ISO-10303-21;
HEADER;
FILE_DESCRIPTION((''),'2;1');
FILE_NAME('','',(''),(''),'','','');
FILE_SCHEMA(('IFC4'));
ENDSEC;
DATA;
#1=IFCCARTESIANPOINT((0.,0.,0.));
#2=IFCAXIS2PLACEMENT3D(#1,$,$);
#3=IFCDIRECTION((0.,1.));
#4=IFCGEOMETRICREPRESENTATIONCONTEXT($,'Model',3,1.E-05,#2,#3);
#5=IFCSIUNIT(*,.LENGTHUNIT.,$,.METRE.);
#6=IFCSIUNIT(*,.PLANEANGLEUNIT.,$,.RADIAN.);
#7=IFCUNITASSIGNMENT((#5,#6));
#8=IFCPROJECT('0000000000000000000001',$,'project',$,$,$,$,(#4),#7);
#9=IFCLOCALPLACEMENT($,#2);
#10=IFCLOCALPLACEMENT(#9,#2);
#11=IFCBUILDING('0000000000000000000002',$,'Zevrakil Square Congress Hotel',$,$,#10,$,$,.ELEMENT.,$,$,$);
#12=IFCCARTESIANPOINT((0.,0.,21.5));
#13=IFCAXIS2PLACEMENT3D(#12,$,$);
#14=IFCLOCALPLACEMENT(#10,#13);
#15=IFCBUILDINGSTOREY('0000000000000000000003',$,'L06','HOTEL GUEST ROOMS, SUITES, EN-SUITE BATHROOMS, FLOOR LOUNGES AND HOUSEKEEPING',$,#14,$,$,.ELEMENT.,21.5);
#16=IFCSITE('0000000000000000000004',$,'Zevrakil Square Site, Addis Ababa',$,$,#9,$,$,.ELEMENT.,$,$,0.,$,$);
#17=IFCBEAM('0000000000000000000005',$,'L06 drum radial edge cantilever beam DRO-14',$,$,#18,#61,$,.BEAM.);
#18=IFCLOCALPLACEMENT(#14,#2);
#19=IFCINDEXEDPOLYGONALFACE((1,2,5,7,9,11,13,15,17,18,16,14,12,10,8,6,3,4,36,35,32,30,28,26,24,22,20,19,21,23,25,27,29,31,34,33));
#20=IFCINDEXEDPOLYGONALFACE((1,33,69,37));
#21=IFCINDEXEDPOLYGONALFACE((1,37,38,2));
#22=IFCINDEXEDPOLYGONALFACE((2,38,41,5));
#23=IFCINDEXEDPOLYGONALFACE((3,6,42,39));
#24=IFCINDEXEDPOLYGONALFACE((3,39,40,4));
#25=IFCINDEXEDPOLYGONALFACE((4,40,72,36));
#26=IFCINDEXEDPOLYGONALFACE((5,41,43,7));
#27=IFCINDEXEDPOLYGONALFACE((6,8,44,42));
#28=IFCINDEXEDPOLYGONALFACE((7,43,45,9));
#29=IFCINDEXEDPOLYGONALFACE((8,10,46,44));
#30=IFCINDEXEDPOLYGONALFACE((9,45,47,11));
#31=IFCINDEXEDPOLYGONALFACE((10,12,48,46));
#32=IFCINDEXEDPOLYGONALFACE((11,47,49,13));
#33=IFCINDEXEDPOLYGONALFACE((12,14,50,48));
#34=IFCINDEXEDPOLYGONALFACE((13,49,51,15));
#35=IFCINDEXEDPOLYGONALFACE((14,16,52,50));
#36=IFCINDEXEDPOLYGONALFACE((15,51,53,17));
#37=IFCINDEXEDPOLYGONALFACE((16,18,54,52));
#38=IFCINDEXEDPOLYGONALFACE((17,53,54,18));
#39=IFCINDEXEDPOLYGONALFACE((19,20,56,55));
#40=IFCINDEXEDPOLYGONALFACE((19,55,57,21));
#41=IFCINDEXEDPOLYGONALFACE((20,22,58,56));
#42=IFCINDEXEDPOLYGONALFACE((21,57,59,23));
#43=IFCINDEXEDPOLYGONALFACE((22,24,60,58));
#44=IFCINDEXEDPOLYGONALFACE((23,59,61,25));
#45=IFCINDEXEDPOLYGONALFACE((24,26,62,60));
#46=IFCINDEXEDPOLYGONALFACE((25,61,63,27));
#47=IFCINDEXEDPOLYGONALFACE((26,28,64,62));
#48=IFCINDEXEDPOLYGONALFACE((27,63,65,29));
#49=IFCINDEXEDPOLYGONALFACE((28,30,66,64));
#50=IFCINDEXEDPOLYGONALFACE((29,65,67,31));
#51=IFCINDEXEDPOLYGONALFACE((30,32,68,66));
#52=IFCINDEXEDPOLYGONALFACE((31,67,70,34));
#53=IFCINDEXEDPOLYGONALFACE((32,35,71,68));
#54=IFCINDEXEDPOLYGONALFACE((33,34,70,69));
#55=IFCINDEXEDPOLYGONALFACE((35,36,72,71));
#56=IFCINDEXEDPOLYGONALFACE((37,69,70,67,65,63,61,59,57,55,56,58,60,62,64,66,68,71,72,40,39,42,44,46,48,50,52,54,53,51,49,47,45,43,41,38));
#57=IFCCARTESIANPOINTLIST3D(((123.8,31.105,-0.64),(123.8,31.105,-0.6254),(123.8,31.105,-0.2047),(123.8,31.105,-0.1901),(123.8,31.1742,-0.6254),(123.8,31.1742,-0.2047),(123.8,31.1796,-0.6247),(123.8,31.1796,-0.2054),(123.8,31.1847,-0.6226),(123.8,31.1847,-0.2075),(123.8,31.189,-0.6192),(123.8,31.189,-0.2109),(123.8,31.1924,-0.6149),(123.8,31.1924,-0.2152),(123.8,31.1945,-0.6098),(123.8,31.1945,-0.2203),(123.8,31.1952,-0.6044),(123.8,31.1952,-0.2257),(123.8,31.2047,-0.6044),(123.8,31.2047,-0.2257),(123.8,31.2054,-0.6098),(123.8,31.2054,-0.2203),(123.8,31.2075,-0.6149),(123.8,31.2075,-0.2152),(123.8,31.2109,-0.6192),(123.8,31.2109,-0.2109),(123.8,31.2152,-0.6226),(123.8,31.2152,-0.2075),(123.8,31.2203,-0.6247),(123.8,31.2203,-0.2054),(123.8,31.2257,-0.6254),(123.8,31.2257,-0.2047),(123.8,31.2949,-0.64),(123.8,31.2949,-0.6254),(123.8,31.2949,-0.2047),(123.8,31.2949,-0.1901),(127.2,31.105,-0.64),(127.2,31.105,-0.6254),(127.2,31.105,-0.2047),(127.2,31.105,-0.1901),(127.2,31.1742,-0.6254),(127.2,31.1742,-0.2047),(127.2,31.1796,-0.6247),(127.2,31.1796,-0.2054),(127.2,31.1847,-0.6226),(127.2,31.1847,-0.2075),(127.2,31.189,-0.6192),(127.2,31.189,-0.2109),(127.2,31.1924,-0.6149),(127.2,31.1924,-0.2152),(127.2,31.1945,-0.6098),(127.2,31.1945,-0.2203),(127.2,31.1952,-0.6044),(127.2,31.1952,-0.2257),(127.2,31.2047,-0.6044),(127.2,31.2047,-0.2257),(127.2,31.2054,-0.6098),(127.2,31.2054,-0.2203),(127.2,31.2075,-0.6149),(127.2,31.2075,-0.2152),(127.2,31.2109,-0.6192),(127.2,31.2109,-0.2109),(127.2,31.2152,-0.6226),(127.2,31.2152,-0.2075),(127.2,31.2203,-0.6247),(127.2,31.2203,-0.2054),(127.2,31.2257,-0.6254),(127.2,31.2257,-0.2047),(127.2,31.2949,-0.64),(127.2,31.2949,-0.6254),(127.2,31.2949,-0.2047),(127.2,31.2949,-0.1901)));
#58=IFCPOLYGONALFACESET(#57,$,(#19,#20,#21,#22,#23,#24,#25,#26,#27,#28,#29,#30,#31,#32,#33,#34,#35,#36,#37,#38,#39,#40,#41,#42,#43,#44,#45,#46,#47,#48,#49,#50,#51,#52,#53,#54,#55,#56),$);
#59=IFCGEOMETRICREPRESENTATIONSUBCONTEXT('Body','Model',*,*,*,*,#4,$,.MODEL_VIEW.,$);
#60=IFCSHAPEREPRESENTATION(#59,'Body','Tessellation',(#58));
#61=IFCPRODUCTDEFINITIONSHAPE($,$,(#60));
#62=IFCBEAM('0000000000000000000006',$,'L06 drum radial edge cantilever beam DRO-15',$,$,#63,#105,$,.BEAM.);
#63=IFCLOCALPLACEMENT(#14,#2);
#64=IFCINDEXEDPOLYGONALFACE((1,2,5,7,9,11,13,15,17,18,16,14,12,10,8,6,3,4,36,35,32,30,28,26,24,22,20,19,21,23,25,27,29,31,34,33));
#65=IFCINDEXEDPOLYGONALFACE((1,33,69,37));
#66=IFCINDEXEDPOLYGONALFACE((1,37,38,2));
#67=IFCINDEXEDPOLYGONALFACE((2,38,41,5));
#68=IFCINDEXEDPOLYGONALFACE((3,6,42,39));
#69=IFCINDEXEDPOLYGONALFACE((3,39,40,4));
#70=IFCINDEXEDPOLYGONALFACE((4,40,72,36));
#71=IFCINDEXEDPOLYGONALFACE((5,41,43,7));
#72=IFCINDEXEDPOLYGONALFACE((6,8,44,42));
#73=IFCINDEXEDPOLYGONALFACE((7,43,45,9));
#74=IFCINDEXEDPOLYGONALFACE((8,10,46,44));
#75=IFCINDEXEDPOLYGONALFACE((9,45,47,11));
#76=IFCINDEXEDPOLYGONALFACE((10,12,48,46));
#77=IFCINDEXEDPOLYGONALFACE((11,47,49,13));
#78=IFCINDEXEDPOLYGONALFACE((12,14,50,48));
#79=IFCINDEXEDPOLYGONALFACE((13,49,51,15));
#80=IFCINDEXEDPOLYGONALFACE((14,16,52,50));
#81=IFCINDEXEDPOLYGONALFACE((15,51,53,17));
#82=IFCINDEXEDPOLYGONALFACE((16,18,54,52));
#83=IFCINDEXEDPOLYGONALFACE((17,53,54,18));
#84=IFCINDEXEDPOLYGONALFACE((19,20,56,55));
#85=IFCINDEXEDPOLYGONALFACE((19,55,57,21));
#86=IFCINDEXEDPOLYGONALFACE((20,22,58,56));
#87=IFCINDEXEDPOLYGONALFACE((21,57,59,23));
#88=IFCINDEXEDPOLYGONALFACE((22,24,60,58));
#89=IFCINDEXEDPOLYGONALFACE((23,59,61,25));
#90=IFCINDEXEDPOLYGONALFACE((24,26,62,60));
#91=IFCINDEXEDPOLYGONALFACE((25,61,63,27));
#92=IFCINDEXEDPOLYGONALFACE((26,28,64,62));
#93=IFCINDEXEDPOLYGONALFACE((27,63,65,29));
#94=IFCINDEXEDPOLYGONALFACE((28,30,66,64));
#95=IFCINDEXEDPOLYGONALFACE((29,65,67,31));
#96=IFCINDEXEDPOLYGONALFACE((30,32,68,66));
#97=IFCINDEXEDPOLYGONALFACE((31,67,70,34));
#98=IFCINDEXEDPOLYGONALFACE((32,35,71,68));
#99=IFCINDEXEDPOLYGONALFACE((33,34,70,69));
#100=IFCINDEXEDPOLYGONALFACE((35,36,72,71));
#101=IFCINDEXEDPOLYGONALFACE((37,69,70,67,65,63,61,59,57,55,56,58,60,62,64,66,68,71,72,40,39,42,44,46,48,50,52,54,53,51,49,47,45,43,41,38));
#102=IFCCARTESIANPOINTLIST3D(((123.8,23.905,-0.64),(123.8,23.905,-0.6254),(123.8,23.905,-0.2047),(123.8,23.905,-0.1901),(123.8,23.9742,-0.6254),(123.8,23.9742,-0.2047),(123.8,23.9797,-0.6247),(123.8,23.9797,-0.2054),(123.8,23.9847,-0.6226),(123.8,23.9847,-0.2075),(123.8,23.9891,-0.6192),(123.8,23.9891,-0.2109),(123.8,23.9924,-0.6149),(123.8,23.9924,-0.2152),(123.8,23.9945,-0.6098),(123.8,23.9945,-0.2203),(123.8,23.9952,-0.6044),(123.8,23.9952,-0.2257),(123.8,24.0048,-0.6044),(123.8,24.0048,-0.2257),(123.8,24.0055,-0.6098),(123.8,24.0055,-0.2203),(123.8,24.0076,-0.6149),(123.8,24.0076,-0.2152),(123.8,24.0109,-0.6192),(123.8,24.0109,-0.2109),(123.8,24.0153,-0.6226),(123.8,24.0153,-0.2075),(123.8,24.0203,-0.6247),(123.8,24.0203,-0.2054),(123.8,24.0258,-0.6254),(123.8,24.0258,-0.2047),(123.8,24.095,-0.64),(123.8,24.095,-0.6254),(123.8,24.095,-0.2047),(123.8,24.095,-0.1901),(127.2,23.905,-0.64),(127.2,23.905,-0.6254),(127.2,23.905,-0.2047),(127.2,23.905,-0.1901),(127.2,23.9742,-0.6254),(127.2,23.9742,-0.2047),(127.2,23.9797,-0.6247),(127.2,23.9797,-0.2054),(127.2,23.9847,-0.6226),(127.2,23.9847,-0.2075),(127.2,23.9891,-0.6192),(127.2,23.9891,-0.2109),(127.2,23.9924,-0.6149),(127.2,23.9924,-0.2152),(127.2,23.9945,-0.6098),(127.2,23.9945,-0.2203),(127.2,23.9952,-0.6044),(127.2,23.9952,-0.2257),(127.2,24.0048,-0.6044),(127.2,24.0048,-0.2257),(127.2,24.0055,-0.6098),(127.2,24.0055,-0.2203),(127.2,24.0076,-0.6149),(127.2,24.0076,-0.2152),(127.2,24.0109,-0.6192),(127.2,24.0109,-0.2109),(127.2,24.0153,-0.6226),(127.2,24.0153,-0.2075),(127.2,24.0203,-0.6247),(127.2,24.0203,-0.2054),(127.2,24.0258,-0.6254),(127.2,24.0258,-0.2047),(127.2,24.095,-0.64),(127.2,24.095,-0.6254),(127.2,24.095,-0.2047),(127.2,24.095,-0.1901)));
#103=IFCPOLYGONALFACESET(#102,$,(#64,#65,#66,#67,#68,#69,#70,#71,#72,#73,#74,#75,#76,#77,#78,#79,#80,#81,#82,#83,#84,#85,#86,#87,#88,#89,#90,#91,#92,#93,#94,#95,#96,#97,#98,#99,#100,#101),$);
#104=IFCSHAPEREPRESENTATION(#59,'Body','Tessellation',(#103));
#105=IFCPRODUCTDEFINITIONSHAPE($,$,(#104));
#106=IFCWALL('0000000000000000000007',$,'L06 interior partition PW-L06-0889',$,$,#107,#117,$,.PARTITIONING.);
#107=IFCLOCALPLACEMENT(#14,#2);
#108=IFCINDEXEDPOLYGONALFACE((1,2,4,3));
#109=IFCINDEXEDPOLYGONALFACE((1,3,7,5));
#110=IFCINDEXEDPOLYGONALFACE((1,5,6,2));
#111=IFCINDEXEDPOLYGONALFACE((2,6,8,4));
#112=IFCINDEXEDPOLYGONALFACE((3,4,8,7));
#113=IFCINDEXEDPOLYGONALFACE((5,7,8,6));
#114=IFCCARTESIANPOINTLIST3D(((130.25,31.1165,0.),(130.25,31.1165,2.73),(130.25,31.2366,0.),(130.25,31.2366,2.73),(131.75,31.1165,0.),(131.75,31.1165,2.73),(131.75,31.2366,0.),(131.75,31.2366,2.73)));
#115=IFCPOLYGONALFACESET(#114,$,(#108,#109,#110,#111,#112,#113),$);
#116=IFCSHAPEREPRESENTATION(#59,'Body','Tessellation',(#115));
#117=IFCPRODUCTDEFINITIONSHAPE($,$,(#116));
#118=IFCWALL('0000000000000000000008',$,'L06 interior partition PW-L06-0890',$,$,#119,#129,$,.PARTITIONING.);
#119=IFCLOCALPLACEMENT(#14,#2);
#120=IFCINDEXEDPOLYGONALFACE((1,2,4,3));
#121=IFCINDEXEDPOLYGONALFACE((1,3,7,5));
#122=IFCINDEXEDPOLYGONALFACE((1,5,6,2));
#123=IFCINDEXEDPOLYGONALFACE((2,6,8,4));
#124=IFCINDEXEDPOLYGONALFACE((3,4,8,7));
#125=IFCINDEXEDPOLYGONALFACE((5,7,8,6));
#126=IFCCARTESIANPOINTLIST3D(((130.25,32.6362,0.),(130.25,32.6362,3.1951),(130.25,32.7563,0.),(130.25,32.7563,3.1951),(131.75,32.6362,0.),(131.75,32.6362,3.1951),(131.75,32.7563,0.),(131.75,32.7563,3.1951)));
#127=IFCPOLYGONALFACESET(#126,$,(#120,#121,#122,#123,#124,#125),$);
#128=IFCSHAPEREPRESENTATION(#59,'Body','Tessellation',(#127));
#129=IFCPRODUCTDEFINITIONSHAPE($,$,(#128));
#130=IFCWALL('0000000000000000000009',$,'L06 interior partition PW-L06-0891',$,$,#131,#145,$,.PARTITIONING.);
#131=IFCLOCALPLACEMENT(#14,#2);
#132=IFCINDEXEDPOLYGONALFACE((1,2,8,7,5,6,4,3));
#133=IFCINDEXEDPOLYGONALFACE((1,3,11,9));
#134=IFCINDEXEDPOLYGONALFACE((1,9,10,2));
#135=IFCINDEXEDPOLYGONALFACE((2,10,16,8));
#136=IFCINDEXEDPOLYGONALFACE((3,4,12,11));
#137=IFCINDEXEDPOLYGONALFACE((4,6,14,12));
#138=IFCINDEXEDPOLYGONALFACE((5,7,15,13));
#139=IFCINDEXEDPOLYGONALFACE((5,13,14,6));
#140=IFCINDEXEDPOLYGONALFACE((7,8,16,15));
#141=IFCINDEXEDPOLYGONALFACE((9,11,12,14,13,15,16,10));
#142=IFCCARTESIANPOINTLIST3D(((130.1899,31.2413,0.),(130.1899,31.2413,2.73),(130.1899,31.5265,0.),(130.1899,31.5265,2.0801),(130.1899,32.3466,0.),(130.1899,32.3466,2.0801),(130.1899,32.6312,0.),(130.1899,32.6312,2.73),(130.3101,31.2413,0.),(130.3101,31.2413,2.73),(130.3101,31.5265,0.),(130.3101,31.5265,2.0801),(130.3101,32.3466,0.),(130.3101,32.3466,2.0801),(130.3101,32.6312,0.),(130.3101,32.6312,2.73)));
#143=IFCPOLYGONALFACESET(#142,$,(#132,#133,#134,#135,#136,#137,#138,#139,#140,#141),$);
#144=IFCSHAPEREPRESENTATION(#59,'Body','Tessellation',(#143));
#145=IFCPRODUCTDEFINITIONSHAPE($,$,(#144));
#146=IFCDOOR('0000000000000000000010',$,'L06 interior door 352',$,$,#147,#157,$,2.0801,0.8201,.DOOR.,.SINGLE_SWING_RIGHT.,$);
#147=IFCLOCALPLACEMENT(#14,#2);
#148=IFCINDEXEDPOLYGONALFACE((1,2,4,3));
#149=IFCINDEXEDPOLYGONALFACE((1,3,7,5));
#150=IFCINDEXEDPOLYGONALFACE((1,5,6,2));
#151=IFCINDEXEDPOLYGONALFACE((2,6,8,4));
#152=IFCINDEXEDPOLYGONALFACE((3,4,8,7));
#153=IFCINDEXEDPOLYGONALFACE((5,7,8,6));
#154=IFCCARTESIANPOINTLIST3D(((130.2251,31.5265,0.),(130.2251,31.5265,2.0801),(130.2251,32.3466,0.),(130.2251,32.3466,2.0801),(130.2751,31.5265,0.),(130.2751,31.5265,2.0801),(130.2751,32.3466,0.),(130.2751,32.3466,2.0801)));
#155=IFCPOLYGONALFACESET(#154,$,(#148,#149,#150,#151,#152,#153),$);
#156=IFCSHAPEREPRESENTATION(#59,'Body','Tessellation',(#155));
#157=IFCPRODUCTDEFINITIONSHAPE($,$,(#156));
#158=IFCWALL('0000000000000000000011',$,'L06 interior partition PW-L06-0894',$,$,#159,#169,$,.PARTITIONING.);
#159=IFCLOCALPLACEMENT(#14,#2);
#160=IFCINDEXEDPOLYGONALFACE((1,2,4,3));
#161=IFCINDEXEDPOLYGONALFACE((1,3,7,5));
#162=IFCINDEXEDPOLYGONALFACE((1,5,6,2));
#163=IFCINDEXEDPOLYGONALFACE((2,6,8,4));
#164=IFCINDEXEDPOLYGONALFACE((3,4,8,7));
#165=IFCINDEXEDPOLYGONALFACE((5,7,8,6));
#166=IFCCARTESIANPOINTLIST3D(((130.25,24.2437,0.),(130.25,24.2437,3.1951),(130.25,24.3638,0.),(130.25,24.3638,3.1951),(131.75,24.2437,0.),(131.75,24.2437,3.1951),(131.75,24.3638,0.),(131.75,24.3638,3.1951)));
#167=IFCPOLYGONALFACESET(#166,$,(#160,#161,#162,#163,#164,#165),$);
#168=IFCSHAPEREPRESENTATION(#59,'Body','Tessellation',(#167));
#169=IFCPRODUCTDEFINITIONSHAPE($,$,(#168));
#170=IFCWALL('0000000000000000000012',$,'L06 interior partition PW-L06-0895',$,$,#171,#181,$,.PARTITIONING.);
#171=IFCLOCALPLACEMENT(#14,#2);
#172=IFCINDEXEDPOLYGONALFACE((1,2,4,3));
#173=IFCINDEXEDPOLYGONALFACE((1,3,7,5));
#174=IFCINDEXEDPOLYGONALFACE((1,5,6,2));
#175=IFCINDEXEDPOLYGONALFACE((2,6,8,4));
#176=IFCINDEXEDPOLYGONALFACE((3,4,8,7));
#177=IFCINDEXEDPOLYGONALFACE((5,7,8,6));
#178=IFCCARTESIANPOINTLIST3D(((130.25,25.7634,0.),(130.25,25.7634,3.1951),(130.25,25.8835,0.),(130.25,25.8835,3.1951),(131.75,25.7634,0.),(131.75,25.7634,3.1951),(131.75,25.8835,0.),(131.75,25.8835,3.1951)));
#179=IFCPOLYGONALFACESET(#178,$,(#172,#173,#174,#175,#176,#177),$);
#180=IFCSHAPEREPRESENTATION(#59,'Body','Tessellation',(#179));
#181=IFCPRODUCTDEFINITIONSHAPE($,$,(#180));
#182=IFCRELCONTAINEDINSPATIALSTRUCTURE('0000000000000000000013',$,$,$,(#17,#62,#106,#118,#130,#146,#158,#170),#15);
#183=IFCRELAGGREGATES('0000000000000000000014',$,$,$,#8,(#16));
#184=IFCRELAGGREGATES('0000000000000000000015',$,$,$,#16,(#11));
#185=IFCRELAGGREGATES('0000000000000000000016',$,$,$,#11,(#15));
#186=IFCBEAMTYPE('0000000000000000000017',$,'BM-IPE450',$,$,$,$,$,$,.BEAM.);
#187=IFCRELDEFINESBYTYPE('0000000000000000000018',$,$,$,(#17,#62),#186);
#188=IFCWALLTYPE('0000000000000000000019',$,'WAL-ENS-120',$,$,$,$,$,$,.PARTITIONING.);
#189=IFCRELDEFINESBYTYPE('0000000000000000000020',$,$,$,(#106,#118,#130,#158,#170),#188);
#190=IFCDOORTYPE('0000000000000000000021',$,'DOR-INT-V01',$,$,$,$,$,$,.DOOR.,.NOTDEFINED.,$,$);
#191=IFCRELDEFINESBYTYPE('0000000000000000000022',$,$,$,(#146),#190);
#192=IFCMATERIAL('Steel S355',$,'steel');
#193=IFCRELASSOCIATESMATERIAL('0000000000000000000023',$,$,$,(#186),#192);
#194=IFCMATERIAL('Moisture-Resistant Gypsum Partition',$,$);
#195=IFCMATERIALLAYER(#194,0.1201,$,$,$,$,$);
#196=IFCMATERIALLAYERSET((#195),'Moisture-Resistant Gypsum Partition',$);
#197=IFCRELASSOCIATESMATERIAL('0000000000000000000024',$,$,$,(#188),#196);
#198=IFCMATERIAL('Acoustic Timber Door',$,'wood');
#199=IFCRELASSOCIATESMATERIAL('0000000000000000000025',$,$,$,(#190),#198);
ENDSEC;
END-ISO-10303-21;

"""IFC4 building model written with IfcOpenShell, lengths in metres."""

from ifc_helpers import new_model, si_unit, direction, frame, frame_2d, origin, origin_2d, place, context, subcontext, project, spatial, rectangle, i_section, extrude, material, layer, layer_set, material_profile, profile_set, type_object, element, fill, save


model = new_model("IFC4")

# Units and contexts
model_context = context("Model", 3, precision=1e-05, world=origin(), true_north=direction((0.0, 1.0)))
body_context = subcontext(model_context, "Body", "Model", "MODEL_VIEW")
ifc_project = project(units=[si_unit("LENGTHUNIT", "METRE"), si_unit("PLANEANGLEUNIT", "RADIAN")], contexts=[model_context])

# Site, building, storey
site_placement = place(None, origin())
site = spatial("IfcSite", under=ifc_project, at=site_placement, Name="Zevrakil Square Site, Addis Ababa", CompositionType="ELEMENT", RefElevation=0.0)
building_placement = place(site_placement, origin())
building = spatial("IfcBuilding", under=site, at=building_placement, Name="Zevrakil Square Congress Hotel", CompositionType="ELEMENT")
storey_placement = place(building_placement, frame((0.0, 0.0, 21.5)))
storey = spatial("IfcBuildingStorey", under=building, at=storey_placement, Name="L06", Description="HOTEL GUEST ROOMS, SUITES, EN-SUITE BATHROOMS, FLOOR LOUNGES AND HOUSEKEEPING", CompositionType="ELEMENT", Elevation=21.5)

# Beams
ifc_material_1 = material(Name="Steel S355", Category="steel")
ifc_material_profile_1 = material_profile(ifc_material_1, i_section(OverallWidth=0.1899, OverallDepth=0.45, WebThickness=0.0095, FlangeThickness=0.0146, FilletRadius=0.021, at=origin_2d()), Name="IPE 450")
ifc_profile_set_1 = profile_set([ifc_material_profile_1], Name="Steel S355")
beam_type_1 = type_object("IfcBeamType", Name="BM-IPE450", PredefinedType="BEAM", material=ifc_profile_set_1)
for number, where, z_axis, x_axis, name in (
    (1, (127.2, 31.2, -0.415), (-1.0, 0.0, 0.0), (0.0, -1.0, 0.0), "L06 drum radial edge cantilever beam DRO-14"),
    (2, (127.2, 24.0, -0.415), (-1.0, 0.0, 0.0), (0.0, -1.0, 0.0), "L06 drum radial edge cantilever beam DRO-15"),
):
    element("IfcBeam", number, at=place(storey_placement, frame(where, z_axis=z_axis, x_axis=x_axis)), inside=storey, type_object=beam_type_1, Name=name, PredefinedType="BEAM", context=body_context, shape_type="SweptSolid", body=[
        extrude(i_section(OverallWidth=0.1899, OverallDepth=0.45, WebThickness=0.0095, FlangeThickness=0.0146, FilletRadius=0.021, at=origin_2d()), origin(), (0.0, 0.0, 1.0), 3.3999),
    ])

# Walls
ifc_material_2 = material(Name="Moisture-Resistant Gypsum Partition")
ifc_layer = layer(ifc_material_2, 0.1201)
ifc_layer_set = layer_set([ifc_layer], Name="Moisture-Resistant Gypsum Partition")
wall_type = type_object("IfcWallType", Name="WAL-ENS-120", PredefinedType="PARTITIONING", material=ifc_layer_set)
wall_1_placement = place(storey_placement, frame((130.25, 31.1765, 0.0), z_axis=(0.0, 0.0, 1.0), x_axis=(1.0, 0.0, 0.0)))
element("IfcWall", 3, at=wall_1_placement, inside=storey, type_object=wall_type, Name="L06 interior partition PW-L06-0889", PredefinedType="PARTITIONING", context=body_context, shape_type="SweptSolid", body=[
    extrude(rectangle(XDim=1.5, YDim=0.1201, at=frame_2d((0.75, 0.0))), origin(), (0.0, 0.0, 1.0), 2.73),
])
wall_2_placement = place(storey_placement, frame((130.25, 32.6963, 0.0), z_axis=(0.0, 0.0, 1.0), x_axis=(1.0, 0.0, 0.0)))
element("IfcWall", 4, at=wall_2_placement, inside=storey, type_object=wall_type, Name="L06 interior partition PW-L06-0890", PredefinedType="PARTITIONING", context=body_context, shape_type="SweptSolid", body=[
    extrude(rectangle(XDim=1.5, YDim=0.1201, at=frame_2d((0.75, 0.0))), origin(), (0.0, 0.0, 1.0), 3.1951),
])

# Wall, opening, door
wall_3_placement = place(storey_placement, frame((130.25, 31.2415, 0.0), z_axis=(0.0, 0.0, 1.0), x_axis=(0.0, 1.0, 0.0)))
wall_3 = element("IfcWall", 5, at=wall_3_placement, inside=storey, type_object=wall_type, Name="L06 interior partition PW-L06-0891", PredefinedType="PARTITIONING", context=body_context, shape_type="SweptSolid", body=[
    extrude(rectangle(XDim=1.3899, YDim=0.1201, at=frame_2d((0.6948, 0.0))), origin(), (0.0, 0.0, 1.0), 2.73),
])
opening_1_placement = place(wall_3_placement, frame((0.2849, 0.0, 0.0)))
opening_1 = element("IfcOpeningElement", 6, at=opening_1_placement, cuts=wall_3, PredefinedType="OPENING", context=body_context, shape_type="SweptSolid", body=[
    extrude(rectangle(XDim=0.8201, YDim=2.0801, at=frame_2d((0.4102, 1.04))), frame((0.0, 0.0701, 0.0), z_axis=(0.0, -1.0, 0.0), x_axis=(1.0, 0.0, 0.0)), (0.0, 0.0, 1.0), 0.1401),
])
ifc_material_3 = material(Name="Acoustic Timber Door", Category="wood")
door_type = type_object("IfcDoorType", Name="DOR-INT-V01", OperationType="NOTDEFINED", PredefinedType="DOOR", material=ifc_material_3)
door_1_placement = place(opening_1_placement, origin())
door_1 = element("IfcDoor", 7, at=door_1_placement, inside=storey, type_object=door_type, Name="L06 interior door 352", OperationType="SINGLE_SWING_RIGHT", OverallHeight=2.0801, OverallWidth=0.8201, PredefinedType="DOOR", context=body_context, shape_type="SweptSolid", body=[
    extrude(rectangle(XDim=0.8201, YDim=2.0801, at=frame_2d((0.4102, 1.04))), frame((0.0, 0.0249, 0.0), z_axis=(0.0, -1.0, 0.0), x_axis=(1.0, 0.0, 0.0)), (0.0, 0.0, 1.0), 0.05),
])
fill(opening_1, door_1)

# Walls
for number, where, z_axis, x_axis, name in (
    (8, (130.25, 24.3037, 0.0), (0.0, 0.0, 1.0), (1.0, 0.0, 0.0), "L06 interior partition PW-L06-0894"),
    (9, (130.25, 25.8235, 0.0), (0.0, 0.0, 1.0), (1.0, 0.0, 0.0), "L06 interior partition PW-L06-0895"),
):
    element("IfcWall", number, at=place(storey_placement, frame(where, z_axis=z_axis, x_axis=x_axis)), inside=storey, type_object=wall_type, Name=name, PredefinedType="PARTITIONING", context=body_context, shape_type="SweptSolid", body=[
        extrude(rectangle(XDim=1.5, YDim=0.1201, at=frame_2d((0.75, 0.0))), origin(), (0.0, 0.0, 1.0), 3.1951),
    ])

save(model, "model.ifc")
